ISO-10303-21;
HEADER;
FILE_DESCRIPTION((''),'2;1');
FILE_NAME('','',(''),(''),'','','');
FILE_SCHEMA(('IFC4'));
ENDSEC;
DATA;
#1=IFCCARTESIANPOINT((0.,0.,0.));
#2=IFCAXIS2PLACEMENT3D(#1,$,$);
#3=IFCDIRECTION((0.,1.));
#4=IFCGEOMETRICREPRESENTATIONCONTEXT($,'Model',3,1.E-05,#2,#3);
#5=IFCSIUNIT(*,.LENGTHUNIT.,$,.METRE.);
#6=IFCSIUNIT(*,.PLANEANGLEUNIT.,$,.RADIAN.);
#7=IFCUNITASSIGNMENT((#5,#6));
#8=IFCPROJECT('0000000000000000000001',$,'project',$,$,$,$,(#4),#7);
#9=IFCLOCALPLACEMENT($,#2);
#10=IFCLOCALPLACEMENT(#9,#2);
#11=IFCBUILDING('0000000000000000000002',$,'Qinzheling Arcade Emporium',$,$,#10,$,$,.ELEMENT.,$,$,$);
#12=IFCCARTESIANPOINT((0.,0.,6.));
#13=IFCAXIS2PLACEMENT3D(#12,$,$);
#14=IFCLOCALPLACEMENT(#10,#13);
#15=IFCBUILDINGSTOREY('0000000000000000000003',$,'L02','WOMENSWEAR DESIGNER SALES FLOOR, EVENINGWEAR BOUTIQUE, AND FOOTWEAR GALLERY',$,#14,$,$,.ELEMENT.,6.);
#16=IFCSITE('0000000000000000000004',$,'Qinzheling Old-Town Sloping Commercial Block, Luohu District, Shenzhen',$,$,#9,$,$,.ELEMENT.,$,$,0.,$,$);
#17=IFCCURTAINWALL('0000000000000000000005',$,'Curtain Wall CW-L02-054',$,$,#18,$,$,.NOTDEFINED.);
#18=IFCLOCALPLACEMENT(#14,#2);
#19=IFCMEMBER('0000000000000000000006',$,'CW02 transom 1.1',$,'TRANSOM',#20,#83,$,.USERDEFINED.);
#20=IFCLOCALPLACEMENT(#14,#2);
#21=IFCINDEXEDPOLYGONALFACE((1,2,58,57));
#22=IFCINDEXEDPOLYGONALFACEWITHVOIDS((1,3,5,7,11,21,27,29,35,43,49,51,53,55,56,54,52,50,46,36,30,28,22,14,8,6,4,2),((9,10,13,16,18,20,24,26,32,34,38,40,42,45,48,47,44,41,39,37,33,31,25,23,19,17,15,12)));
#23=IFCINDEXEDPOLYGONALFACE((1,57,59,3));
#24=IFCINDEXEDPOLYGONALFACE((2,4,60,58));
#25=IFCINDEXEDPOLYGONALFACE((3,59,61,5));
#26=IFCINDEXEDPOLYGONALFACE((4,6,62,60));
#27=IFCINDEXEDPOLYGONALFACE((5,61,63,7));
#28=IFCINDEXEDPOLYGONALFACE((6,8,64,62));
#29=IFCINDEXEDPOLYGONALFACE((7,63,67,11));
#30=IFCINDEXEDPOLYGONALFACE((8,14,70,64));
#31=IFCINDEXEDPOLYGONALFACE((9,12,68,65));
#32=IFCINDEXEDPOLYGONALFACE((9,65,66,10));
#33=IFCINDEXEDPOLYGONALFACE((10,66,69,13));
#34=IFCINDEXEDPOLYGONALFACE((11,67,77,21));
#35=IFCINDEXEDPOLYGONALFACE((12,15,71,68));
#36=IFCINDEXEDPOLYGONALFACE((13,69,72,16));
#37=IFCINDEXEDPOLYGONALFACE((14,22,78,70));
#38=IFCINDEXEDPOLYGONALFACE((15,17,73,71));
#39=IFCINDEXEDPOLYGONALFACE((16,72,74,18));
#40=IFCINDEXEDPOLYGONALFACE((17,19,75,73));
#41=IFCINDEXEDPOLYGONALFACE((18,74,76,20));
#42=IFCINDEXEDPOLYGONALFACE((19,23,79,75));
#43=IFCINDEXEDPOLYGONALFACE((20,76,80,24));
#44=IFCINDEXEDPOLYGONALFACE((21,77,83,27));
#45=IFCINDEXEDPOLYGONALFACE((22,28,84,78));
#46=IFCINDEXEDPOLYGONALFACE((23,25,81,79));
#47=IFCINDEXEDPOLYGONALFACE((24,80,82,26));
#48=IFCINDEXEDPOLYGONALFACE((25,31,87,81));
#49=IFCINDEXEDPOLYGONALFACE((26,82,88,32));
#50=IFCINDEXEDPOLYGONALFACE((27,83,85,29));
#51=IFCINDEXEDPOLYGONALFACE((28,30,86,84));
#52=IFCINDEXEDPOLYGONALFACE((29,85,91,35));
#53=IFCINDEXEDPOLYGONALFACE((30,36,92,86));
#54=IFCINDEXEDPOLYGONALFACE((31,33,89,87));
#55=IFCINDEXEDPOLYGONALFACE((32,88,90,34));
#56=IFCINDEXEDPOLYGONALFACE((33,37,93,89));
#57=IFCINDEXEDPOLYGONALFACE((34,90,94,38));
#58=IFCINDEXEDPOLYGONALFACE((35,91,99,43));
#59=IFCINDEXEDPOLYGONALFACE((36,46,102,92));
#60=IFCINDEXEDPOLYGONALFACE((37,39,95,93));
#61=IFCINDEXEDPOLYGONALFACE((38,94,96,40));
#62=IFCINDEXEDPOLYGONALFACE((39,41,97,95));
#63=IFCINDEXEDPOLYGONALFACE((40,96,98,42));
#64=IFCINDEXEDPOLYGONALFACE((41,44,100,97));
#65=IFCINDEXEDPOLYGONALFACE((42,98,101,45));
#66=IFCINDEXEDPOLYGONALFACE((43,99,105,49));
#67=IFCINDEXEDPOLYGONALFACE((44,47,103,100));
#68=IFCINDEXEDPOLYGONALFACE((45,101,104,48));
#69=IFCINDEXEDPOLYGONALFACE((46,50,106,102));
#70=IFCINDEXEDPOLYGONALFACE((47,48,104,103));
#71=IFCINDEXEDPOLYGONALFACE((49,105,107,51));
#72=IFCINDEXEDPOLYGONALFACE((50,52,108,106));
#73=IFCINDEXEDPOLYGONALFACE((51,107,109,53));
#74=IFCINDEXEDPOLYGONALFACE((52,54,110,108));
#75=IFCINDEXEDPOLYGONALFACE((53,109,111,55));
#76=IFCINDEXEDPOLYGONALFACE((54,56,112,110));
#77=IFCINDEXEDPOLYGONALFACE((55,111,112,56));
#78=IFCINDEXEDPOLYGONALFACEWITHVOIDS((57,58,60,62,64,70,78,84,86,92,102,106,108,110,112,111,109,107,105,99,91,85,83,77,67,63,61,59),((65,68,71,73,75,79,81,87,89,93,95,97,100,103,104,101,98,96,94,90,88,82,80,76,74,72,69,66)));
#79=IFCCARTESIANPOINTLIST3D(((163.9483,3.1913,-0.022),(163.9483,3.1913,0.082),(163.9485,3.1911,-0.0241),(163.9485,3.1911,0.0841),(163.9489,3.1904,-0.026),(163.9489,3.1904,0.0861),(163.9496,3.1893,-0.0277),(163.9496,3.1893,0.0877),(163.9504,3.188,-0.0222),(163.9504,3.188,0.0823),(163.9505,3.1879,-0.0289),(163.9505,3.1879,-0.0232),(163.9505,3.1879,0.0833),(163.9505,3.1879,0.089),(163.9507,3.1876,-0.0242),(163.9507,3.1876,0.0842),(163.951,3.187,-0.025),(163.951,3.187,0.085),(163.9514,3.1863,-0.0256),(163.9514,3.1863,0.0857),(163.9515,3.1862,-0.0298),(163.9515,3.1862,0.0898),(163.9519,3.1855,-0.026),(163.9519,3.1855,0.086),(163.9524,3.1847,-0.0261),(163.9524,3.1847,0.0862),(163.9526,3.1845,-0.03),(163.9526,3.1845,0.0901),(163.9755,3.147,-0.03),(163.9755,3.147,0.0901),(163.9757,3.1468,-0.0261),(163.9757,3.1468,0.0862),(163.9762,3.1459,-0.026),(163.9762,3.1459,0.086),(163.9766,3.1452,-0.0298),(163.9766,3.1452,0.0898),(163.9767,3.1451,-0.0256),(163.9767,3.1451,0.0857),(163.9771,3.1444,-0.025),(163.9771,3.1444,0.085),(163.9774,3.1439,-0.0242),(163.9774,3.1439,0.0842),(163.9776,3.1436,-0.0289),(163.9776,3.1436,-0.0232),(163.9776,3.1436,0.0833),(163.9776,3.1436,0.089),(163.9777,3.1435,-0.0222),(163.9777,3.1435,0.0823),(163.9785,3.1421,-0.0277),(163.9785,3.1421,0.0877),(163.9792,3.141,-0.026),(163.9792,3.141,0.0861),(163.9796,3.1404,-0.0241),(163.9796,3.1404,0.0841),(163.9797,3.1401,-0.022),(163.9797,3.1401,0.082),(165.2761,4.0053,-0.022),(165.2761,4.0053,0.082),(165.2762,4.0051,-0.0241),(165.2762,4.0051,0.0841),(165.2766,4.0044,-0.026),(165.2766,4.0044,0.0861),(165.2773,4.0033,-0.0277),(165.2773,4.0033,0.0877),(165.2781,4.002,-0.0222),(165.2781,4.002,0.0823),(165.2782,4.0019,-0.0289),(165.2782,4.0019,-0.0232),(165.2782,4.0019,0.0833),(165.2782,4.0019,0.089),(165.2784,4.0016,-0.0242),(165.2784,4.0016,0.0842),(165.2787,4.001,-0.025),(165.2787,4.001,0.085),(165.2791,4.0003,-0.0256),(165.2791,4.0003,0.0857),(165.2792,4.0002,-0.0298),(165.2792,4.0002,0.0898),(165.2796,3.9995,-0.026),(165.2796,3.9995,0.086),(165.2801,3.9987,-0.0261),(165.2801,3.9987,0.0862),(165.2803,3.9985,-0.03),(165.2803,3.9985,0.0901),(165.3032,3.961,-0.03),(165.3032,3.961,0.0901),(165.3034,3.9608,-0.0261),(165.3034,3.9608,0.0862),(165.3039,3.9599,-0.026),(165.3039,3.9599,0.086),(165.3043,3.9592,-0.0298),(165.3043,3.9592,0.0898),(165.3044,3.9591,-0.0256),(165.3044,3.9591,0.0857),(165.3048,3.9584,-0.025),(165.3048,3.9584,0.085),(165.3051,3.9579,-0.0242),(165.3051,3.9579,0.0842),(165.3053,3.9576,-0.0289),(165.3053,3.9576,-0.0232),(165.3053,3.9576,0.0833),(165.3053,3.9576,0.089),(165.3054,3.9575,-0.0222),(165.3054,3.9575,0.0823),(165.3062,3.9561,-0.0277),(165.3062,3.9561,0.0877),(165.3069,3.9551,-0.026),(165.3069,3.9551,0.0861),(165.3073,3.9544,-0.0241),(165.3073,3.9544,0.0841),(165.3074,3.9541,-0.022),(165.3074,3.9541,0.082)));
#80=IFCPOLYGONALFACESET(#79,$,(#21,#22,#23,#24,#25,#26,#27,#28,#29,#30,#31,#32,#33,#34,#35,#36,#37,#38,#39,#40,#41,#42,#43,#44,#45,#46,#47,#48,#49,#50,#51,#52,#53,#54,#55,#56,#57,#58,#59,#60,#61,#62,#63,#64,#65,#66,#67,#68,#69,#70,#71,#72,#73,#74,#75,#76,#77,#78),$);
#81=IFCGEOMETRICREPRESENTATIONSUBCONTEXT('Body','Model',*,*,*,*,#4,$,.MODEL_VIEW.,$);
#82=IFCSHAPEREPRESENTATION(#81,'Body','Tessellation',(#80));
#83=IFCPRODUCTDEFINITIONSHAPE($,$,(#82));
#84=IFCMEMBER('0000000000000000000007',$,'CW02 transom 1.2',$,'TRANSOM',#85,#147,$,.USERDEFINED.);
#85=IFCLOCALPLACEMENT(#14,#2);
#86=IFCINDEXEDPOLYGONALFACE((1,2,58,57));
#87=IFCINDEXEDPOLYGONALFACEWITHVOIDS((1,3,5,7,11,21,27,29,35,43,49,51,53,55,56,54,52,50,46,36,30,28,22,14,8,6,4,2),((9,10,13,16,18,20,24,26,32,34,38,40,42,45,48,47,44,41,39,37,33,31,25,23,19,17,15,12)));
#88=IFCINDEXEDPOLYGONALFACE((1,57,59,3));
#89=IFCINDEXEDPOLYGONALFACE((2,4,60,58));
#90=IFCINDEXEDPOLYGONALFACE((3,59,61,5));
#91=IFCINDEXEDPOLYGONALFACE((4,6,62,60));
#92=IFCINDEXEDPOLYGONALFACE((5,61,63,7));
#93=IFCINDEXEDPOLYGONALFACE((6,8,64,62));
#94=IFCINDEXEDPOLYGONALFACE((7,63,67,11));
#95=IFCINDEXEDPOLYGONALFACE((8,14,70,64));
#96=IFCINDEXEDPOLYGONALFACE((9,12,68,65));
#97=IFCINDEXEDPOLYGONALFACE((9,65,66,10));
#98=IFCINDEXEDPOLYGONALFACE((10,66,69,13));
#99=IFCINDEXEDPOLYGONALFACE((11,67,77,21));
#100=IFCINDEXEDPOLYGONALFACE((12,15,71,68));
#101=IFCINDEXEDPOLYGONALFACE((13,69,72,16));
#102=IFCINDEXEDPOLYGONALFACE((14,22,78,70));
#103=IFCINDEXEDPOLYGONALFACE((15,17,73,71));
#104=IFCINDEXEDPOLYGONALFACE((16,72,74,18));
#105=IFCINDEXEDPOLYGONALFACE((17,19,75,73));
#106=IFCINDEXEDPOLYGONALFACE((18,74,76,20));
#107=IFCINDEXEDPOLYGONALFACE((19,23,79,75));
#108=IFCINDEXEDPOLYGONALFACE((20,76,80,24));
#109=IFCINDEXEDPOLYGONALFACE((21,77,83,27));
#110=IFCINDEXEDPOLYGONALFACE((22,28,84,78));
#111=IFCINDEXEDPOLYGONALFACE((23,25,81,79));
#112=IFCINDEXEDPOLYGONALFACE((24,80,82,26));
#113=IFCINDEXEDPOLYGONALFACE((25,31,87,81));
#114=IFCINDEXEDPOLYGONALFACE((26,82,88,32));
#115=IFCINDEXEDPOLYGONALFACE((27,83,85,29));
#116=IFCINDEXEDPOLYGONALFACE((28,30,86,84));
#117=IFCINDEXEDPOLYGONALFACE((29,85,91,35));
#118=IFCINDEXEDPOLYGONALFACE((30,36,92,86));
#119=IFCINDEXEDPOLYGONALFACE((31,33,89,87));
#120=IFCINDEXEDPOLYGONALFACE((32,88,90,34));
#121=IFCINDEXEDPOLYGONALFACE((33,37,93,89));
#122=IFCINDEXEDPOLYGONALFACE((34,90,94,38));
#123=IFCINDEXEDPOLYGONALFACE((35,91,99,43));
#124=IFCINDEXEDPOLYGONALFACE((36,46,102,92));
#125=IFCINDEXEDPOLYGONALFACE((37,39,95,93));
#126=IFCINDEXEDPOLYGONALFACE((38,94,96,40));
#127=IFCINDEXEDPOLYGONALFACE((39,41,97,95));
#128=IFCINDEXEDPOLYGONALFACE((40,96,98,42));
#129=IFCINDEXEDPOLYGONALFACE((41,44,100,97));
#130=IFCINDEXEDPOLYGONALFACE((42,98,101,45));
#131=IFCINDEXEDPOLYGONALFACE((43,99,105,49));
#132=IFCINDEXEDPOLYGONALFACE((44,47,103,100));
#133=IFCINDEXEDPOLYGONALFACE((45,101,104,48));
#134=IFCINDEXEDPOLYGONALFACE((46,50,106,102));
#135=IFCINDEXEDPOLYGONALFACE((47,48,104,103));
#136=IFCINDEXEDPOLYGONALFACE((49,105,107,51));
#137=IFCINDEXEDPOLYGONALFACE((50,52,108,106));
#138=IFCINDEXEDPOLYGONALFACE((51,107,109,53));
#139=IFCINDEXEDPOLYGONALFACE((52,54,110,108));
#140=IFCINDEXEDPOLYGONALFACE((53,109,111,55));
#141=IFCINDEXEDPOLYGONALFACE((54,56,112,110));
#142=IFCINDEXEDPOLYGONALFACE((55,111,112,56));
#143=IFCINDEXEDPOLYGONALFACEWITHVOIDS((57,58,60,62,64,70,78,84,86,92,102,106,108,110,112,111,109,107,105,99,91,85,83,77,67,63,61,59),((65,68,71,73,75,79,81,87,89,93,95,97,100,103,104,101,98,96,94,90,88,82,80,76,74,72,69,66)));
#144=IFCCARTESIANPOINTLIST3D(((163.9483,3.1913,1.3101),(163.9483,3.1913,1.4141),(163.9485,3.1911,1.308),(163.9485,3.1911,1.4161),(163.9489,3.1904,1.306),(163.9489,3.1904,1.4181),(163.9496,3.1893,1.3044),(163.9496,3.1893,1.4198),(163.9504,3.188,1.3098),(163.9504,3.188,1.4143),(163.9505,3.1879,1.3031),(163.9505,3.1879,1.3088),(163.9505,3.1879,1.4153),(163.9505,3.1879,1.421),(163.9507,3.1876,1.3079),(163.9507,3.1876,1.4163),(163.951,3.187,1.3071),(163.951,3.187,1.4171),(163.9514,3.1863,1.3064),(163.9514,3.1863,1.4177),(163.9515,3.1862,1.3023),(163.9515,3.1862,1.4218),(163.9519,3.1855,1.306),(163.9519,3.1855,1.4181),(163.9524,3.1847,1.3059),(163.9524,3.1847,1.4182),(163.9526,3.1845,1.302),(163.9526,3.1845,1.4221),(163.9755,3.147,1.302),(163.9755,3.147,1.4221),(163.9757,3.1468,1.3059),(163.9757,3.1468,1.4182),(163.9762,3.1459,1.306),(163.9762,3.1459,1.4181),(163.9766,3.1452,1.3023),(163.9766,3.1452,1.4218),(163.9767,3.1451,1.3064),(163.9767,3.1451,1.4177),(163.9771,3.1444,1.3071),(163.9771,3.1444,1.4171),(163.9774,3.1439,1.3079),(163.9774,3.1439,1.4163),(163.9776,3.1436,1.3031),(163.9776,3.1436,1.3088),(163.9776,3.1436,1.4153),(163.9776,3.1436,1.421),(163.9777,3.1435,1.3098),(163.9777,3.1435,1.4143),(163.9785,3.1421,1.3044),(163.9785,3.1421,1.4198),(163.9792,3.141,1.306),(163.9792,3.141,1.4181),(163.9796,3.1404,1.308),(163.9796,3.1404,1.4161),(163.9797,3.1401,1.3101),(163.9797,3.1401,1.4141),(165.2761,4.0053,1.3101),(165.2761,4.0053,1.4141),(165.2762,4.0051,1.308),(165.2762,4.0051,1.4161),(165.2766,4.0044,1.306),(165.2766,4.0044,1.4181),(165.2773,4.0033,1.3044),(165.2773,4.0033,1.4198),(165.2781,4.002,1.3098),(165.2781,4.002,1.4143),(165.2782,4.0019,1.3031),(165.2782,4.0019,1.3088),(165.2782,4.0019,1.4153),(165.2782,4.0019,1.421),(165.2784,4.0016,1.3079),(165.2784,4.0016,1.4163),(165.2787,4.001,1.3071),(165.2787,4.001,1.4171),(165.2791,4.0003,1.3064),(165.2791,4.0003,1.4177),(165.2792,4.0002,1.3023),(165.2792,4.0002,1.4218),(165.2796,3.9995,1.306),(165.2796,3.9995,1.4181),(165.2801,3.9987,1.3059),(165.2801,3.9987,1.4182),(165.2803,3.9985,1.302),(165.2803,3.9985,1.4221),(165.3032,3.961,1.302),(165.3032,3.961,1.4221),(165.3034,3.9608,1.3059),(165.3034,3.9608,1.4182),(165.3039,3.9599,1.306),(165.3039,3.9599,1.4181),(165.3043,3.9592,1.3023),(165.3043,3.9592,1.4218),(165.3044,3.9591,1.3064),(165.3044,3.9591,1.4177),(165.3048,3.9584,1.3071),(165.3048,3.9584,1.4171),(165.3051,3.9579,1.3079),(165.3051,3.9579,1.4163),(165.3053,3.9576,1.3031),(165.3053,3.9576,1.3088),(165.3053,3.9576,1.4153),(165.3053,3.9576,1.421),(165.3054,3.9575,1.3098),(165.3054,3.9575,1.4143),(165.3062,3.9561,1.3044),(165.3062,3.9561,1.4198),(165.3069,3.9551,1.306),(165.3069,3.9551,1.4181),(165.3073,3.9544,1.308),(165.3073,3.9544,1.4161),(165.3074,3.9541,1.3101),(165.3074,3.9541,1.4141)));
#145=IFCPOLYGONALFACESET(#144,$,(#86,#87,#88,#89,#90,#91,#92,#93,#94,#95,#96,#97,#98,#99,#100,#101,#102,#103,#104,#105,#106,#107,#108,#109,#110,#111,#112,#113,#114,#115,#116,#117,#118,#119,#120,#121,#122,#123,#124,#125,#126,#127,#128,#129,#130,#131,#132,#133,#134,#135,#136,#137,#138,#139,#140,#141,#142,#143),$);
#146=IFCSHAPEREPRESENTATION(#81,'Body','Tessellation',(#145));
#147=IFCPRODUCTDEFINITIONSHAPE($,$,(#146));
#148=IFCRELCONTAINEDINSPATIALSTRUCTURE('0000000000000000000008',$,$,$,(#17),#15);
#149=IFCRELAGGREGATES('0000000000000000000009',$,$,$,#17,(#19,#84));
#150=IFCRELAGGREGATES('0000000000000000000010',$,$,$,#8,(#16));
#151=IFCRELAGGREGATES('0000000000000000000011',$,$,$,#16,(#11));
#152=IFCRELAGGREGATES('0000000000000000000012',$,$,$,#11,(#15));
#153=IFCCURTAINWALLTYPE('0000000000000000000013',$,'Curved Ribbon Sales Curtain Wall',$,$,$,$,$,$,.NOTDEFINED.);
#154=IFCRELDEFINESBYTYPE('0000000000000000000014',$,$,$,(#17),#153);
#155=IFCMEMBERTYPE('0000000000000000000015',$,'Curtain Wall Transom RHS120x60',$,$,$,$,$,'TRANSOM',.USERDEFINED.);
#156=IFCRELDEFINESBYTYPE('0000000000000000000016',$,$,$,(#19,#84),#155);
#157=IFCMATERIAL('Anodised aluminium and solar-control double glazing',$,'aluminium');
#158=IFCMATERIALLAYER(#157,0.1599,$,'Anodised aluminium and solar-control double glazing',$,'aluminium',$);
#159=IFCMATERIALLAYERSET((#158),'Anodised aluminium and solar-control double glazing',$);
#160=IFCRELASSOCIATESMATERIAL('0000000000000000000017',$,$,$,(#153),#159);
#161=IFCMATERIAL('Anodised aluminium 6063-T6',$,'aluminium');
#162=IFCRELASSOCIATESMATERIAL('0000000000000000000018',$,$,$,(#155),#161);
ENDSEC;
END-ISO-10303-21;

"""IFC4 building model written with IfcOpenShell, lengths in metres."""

from ifc_helpers import new_model, si_unit, direction, frame, origin, origin_2d, place, context, subcontext, project, spatial, hollow_rectangle, extrude, material, layer, layer_set, material_profile, profile_set, type_object, element, aggregate, save


model = new_model("IFC4")

# Units and contexts
model_context = context("Model", 3, precision=1e-05, world=origin(), true_north=direction((0.0, 1.0)))
body_context = subcontext(model_context, "Body", "Model", "MODEL_VIEW")
ifc_project = project(units=[si_unit("LENGTHUNIT", "METRE"), si_unit("PLANEANGLEUNIT", "RADIAN")], contexts=[model_context])

# Site, building, storey
site_placement = place(None, origin())
site = spatial("IfcSite", under=ifc_project, at=site_placement, Name="Qinzheling Old-Town Sloping Commercial Block, Luohu District, Shenzhen", CompositionType="ELEMENT", RefElevation=0.0)
building_placement = place(site_placement, origin())
building = spatial("IfcBuilding", under=site, at=building_placement, Name="Qinzheling Arcade Emporium", CompositionType="ELEMENT")
storey_placement = place(building_placement, frame((0.0, 0.0, 6.0)))
storey = spatial("IfcBuildingStorey", under=building, at=storey_placement, Name="L02", Description="WOMENSWEAR DESIGNER SALES FLOOR, EVENINGWEAR BOUTIQUE, AND FOOTWEAR GALLERY", CompositionType="ELEMENT", Elevation=6.0)

# Shared definitions
ifc_material_1 = material(Name="Anodised aluminium and solar-control double glazing", Category="aluminium")
ifc_layer_1 = layer(ifc_material_1, 0.1599, Name="Anodised aluminium and solar-control double glazing", Category="aluminium")
ifc_layer_set_1 = layer_set([ifc_layer_1], Name="Anodised aluminium and solar-control double glazing")
curtain_wall_type = type_object("IfcCurtainWallType", Name="Curved Ribbon Sales Curtain Wall", PredefinedType="NOTDEFINED", material=ifc_layer_set_1)
ifc_material_2 = material(Name="Anodised aluminium 6063-T6", Category="aluminium")

# Curtain wall
curtain_wall_1_placement = place(storey_placement, origin())
curtain_wall_1 = element("IfcCurtainWall", 1, at=curtain_wall_1_placement, inside=storey, type_object=curtain_wall_type, Name="Curtain Wall CW-L02-054", PredefinedType="NOTDEFINED")

# Members
ifc_material_profile_1 = material_profile(ifc_material_2, hollow_rectangle(XDim=0.0601, YDim=0.1201, WallThickness=0.0039, InnerFilletRadius=0.0039, OuterFilletRadius=0.0081, at=origin_2d()), Name="RHS 120x60x4", Category="aluminium")
ifc_profile_set_1 = profile_set([ifc_material_profile_1], Name="Anodised aluminium 6063-T6")
member_type_1 = type_object("IfcMemberType", Name="Curtain Wall Transom RHS120x60", ElementType="TRANSOM", PredefinedType="USERDEFINED", material=ifc_profile_set_1)
member_1_placement = place(storey_placement, frame((165.2917, 3.9797, 0.03), z_axis=(-0.852529, -0.52268, 0.0), x_axis=(0.52268, -0.852529, 0.0)))
member_1 = element("IfcMember", 2, at=member_1_placement, type_object=member_type_1, Name="CW02 transom 1.1", ObjectType="TRANSOM", PredefinedType="USERDEFINED", context=body_context, shape_type="SweptSolid", body=[
    extrude(hollow_rectangle(XDim=0.0601, YDim=0.1201, WallThickness=0.0039, InnerFilletRadius=0.0039, OuterFilletRadius=0.0081, at=origin_2d()), origin(), (0.0, 0.0, 1.0), 1.5574),
])
member_2_placement = place(storey_placement, frame((165.2917, 3.9797, 1.3621), z_axis=(-0.852529, -0.52268, 0.0), x_axis=(0.52268, -0.852529, 0.0)))
member_2 = element("IfcMember", 3, at=member_2_placement, type_object=member_type_1, Name="CW02 transom 1.2", ObjectType="TRANSOM", PredefinedType="USERDEFINED", context=body_context, shape_type="SweptSolid", body=[
    extrude(hollow_rectangle(XDim=0.0601, YDim=0.1201, WallThickness=0.0039, InnerFilletRadius=0.0039, OuterFilletRadius=0.0081, at=origin_2d()), origin(), (0.0, 0.0, 1.0), 1.5574),
])

aggregate(curtain_wall_1, [member_1, member_2])

save(model, "model.ifc")
